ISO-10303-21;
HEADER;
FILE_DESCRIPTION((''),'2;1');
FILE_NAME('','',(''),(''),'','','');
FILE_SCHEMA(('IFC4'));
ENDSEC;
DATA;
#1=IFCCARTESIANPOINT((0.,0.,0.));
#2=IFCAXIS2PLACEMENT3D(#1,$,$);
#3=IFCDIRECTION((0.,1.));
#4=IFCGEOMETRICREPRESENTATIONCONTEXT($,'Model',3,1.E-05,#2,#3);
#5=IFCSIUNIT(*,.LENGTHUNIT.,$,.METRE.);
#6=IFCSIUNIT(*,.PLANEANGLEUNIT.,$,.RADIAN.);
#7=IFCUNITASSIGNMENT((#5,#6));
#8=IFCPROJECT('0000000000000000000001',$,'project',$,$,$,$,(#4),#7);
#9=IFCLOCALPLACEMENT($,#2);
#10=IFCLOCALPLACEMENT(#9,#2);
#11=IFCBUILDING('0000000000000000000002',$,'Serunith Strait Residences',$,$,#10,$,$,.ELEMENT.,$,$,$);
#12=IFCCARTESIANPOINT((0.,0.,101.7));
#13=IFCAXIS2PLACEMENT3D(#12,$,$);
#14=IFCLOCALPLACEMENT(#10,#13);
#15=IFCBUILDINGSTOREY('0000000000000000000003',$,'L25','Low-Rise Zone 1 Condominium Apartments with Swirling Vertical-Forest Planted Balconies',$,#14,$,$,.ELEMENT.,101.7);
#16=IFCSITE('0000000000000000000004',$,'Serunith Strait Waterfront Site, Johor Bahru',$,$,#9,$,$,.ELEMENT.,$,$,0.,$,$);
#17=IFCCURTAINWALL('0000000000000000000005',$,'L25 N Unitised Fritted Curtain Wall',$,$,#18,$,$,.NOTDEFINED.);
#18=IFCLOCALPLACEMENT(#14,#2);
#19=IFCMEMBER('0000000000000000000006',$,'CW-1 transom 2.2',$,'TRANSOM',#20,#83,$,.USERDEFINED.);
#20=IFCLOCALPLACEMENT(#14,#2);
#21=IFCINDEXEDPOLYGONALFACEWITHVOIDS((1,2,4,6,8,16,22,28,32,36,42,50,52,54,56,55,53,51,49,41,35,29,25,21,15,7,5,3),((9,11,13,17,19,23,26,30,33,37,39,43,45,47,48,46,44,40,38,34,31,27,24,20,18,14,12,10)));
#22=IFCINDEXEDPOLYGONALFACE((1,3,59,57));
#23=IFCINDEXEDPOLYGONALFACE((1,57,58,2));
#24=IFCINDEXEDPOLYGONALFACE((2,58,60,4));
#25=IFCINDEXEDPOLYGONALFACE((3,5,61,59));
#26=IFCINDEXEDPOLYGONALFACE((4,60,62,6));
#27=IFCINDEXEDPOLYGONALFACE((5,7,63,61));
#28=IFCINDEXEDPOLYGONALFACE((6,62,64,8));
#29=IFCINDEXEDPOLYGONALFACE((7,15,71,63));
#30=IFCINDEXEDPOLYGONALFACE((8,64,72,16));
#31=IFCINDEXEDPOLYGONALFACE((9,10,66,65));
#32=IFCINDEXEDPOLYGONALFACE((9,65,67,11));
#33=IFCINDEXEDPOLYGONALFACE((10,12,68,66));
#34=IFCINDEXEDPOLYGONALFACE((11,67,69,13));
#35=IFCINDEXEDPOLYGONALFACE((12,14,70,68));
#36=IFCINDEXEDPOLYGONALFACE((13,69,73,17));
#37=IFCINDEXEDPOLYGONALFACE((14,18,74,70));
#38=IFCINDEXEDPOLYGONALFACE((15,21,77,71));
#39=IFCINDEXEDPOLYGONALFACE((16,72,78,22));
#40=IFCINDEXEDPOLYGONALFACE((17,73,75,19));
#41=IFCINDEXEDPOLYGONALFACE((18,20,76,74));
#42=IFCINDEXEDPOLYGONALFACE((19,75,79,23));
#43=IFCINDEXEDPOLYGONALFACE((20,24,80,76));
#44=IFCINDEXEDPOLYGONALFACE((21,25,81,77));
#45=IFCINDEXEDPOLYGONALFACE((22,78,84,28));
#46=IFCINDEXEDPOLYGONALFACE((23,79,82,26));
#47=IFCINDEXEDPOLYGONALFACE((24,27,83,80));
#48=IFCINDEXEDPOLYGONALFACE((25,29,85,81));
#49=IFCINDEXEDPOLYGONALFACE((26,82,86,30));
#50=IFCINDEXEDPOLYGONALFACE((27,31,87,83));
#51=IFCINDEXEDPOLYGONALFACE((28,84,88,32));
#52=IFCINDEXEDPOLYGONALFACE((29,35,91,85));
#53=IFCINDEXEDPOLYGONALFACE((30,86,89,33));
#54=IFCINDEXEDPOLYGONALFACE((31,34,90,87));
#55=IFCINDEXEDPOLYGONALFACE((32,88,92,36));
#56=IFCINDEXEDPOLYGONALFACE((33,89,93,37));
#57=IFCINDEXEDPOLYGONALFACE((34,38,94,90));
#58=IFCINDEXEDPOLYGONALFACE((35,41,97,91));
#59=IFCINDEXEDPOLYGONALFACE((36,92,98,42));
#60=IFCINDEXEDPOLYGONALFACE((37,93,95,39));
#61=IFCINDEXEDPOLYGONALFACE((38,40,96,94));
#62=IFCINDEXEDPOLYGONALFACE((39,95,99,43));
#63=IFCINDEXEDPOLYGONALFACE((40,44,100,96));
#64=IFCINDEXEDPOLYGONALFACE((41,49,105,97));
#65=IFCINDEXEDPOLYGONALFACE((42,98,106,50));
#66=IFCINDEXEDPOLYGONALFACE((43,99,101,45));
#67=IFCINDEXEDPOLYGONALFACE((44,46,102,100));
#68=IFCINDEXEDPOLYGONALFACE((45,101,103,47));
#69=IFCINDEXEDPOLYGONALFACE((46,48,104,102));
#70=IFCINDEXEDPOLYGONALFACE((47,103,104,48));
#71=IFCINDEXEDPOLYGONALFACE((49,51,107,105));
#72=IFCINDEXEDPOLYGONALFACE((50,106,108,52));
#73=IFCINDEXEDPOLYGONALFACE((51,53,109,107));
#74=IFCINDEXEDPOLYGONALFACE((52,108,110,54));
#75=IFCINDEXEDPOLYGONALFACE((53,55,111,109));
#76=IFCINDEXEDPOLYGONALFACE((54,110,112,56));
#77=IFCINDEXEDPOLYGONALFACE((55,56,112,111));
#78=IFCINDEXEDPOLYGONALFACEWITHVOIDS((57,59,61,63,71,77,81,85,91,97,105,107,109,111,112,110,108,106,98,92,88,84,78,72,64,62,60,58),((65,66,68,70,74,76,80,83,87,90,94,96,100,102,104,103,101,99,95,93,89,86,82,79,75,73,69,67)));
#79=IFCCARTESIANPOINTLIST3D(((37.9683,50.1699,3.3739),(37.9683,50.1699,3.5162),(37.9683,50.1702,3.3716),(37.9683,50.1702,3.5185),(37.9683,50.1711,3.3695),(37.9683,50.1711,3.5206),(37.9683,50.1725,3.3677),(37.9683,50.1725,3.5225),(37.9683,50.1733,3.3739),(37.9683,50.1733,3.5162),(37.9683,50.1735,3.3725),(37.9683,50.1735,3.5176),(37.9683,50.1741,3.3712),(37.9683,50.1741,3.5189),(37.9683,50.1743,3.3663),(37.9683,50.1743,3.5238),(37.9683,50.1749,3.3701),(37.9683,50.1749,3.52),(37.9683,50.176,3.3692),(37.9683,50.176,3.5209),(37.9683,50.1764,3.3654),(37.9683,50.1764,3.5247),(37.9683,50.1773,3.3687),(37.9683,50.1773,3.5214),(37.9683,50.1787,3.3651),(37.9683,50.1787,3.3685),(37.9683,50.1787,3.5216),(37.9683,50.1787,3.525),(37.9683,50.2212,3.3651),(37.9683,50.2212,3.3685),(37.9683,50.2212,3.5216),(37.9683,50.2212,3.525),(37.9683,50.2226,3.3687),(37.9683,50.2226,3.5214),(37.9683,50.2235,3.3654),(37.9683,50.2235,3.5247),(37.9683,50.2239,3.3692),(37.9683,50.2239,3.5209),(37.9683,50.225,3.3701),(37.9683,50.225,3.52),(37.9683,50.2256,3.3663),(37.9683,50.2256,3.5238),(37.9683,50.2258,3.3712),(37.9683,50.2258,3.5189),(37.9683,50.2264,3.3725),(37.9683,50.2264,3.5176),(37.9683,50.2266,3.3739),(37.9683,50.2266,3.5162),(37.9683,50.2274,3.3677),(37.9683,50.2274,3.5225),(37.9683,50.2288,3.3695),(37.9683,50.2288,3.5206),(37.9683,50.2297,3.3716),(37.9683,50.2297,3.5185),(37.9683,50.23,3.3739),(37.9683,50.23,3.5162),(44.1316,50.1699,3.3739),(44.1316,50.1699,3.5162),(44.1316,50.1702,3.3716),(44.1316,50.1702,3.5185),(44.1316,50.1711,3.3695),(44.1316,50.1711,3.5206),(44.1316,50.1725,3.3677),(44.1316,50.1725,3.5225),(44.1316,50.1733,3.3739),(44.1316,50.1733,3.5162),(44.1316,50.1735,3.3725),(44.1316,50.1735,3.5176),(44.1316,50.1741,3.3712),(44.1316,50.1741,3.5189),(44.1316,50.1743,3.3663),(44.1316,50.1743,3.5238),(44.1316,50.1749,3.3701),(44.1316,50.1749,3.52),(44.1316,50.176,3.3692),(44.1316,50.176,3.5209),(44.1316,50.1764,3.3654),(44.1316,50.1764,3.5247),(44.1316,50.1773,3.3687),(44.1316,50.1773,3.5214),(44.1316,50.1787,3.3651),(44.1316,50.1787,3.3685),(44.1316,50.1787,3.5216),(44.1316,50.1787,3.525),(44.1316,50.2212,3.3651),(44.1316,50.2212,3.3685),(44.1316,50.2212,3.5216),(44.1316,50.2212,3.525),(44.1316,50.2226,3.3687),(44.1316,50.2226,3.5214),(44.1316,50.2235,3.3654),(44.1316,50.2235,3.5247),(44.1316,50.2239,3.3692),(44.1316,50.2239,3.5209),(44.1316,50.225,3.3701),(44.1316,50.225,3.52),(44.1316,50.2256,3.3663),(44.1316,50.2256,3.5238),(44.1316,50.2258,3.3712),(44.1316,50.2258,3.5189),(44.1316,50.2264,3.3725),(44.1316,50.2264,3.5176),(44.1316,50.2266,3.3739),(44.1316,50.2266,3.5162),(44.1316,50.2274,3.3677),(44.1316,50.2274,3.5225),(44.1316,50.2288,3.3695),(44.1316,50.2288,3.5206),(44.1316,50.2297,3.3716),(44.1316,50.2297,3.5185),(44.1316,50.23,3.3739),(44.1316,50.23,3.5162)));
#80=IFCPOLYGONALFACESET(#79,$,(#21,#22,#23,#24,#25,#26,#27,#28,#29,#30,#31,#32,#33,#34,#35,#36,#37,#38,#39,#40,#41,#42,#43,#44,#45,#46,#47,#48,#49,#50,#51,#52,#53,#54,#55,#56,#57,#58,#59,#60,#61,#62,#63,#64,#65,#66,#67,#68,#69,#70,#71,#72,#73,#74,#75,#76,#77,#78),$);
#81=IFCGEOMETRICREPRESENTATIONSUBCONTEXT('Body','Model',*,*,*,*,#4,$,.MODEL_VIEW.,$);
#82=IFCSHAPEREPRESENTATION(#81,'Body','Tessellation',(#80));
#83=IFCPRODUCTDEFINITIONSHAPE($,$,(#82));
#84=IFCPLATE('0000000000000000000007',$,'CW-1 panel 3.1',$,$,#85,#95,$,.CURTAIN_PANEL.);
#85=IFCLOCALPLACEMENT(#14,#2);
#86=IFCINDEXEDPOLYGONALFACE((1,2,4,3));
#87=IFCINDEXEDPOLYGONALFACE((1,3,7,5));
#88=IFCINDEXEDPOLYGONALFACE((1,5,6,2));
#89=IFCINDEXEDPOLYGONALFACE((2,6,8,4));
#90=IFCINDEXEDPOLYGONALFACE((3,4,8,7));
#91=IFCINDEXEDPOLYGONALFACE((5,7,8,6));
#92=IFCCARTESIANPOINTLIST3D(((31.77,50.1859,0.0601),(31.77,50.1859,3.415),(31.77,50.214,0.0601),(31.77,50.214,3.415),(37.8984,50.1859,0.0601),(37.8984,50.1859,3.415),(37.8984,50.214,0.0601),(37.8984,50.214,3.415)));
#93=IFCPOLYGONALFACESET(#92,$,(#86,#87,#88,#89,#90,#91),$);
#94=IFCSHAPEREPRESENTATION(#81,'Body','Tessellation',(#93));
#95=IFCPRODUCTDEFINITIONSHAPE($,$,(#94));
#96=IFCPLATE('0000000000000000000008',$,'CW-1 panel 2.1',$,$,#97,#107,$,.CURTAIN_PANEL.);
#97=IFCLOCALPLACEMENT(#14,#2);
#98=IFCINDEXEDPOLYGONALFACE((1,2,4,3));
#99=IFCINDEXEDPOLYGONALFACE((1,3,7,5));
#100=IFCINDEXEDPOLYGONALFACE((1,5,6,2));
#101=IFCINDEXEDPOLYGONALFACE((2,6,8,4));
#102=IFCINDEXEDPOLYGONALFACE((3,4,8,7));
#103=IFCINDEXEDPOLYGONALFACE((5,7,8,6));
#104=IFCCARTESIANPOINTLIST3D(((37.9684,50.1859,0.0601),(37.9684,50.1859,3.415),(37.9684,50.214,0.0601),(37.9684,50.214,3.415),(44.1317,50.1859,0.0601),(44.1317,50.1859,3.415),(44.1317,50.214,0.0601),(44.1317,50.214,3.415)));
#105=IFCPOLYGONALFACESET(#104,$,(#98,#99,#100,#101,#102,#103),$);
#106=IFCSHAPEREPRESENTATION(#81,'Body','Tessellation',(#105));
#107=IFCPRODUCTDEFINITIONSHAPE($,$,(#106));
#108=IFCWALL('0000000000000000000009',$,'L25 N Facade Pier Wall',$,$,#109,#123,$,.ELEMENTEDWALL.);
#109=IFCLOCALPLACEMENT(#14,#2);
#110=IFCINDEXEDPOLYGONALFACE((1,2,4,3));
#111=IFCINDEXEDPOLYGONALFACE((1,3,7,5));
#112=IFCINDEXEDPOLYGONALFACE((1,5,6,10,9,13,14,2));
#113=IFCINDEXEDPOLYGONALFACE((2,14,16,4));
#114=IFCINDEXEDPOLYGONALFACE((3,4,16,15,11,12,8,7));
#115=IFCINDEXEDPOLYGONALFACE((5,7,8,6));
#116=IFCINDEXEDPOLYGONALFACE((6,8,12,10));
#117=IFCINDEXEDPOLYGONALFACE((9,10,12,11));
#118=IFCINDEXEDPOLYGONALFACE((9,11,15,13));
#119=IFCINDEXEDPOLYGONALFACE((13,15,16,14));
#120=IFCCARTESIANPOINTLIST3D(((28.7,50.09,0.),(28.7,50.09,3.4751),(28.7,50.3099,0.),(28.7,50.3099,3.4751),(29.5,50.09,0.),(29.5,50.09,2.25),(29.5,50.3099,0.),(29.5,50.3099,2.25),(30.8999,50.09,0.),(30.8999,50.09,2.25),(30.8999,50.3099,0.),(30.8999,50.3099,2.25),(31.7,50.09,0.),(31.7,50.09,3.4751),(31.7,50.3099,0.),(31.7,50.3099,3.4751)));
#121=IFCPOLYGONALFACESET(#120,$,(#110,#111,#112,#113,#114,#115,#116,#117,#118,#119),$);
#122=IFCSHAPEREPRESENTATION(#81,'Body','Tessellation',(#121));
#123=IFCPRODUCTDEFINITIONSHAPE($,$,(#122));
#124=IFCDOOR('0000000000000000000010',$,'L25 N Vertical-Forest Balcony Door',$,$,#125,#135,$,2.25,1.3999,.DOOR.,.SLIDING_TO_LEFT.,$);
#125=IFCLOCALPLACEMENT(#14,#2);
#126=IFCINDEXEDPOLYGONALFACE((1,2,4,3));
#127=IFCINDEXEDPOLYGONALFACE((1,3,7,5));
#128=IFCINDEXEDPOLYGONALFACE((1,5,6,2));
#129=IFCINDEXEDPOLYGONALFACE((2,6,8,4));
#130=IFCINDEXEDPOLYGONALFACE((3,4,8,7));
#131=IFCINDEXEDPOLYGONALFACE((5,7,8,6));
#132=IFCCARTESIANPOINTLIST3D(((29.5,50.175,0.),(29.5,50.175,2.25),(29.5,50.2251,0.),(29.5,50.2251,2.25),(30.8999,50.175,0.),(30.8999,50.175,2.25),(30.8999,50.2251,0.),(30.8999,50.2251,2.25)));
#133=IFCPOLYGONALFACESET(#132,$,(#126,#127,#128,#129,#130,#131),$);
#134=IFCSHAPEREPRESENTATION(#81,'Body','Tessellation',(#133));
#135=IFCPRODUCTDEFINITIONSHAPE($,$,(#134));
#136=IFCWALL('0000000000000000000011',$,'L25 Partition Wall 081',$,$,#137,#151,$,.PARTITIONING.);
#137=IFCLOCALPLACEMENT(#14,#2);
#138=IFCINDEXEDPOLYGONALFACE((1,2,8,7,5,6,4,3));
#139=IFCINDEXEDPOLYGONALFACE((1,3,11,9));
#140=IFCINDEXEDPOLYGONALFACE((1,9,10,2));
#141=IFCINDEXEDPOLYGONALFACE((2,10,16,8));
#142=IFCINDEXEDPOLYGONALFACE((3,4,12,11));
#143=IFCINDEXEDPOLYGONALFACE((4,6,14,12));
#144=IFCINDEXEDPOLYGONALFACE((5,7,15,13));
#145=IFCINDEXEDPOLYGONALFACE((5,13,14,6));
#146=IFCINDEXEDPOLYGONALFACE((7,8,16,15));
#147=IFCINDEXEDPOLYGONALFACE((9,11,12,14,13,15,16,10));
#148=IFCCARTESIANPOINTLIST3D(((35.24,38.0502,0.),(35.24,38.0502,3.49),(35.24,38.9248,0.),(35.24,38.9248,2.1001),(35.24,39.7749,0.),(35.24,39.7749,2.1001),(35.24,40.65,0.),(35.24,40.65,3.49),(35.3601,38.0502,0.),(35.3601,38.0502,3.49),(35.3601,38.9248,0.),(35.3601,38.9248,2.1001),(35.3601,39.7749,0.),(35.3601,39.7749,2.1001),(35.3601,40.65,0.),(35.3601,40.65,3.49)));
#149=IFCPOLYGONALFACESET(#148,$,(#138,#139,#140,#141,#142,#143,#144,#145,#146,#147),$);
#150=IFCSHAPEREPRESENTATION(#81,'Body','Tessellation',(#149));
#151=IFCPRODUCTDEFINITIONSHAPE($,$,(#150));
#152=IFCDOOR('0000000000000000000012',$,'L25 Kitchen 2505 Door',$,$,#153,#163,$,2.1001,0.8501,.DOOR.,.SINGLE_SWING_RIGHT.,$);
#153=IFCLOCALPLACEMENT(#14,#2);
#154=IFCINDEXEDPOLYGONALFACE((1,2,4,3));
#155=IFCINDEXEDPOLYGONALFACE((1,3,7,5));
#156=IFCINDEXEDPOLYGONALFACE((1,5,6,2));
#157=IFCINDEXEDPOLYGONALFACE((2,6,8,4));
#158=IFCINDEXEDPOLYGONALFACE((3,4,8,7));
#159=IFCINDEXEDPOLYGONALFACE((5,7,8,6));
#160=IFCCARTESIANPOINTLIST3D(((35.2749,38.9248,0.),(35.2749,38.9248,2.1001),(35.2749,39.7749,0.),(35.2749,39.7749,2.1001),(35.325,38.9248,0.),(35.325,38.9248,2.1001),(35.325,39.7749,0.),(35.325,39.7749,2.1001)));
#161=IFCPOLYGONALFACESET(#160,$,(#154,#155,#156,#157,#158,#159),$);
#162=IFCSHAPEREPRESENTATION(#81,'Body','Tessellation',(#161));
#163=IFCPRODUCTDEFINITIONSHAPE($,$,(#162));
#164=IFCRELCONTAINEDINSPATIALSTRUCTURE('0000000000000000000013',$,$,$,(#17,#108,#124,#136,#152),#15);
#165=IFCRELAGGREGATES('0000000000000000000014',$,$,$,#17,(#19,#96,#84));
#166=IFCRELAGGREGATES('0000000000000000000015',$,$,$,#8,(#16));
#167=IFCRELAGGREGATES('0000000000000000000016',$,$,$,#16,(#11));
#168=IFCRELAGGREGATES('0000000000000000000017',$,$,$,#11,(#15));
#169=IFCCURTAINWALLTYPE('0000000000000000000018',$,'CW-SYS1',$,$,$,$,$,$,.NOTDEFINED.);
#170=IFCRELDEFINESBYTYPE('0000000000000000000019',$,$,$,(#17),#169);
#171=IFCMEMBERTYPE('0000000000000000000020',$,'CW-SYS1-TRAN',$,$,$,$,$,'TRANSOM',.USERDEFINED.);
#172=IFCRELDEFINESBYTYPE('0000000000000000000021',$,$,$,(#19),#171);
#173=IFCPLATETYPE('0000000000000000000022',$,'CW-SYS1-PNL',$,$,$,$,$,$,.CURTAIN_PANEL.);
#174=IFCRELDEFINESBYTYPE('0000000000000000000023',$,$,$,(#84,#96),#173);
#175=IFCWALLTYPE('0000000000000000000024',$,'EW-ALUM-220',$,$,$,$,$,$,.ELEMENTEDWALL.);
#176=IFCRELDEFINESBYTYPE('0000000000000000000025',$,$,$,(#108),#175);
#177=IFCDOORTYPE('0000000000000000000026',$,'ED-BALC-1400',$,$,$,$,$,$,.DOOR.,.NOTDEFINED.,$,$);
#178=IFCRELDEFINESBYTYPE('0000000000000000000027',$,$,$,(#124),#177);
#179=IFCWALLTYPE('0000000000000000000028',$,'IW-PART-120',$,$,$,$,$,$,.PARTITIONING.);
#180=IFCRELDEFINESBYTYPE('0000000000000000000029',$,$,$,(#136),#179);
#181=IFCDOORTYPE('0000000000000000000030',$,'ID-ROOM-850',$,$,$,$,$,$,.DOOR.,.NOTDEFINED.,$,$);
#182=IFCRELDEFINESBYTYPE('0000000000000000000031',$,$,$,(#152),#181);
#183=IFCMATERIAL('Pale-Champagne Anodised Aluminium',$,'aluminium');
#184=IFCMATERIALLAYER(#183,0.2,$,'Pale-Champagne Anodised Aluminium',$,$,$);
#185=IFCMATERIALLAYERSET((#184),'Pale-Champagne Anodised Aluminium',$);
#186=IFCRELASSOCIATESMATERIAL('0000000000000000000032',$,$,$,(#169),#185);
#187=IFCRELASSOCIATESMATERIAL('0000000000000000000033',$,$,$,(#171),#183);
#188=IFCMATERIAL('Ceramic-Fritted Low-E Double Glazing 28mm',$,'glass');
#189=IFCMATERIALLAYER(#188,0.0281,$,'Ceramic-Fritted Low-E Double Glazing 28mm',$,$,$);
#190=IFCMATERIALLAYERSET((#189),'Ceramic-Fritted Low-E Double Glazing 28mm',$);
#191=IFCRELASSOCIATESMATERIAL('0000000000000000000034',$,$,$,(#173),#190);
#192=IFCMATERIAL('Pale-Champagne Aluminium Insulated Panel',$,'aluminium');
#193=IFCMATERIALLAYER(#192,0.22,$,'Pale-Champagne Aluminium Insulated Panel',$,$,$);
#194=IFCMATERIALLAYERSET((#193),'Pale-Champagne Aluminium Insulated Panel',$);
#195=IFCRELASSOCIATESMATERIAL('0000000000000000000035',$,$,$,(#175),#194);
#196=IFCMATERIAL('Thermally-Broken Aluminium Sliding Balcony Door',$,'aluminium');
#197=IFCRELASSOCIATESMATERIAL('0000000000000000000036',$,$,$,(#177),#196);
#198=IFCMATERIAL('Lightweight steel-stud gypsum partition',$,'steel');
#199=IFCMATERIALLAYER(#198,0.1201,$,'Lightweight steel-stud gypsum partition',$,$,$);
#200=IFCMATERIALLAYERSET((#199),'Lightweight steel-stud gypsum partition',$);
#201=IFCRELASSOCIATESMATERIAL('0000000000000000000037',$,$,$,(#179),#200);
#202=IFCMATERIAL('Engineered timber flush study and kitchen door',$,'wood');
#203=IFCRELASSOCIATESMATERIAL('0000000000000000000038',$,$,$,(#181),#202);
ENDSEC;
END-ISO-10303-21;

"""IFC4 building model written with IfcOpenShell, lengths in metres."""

from ifc_helpers import new_model, si_unit, direction, frame, frame_2d, origin, origin_2d, place, context, subcontext, project, spatial, rectangle, hollow_rectangle, extrude, source, transform, mapped, material, layer, layer_set, material_profile, profile_set, type_object, element, fill, aggregate, save


model = new_model("IFC4")

# Units and contexts
model_context = context("Model", 3, precision=1e-05, world=origin(), true_north=direction((0.0, 1.0)))
body_context = subcontext(model_context, "Body", "Model", "MODEL_VIEW")
ifc_project = project(units=[si_unit("LENGTHUNIT", "METRE"), si_unit("PLANEANGLEUNIT", "RADIAN")], contexts=[model_context])

# Site, building, storey
site_placement = place(None, origin())
site = spatial("IfcSite", under=ifc_project, at=site_placement, Name="Serunith Strait Waterfront Site, Johor Bahru", CompositionType="ELEMENT", RefElevation=0.0)
building_placement = place(site_placement, origin())
building = spatial("IfcBuilding", under=site, at=building_placement, Name="Serunith Strait Residences", CompositionType="ELEMENT")
storey_placement = place(building_placement, frame((0.0, 0.0, 101.7)))
storey = spatial("IfcBuildingStorey", under=building, at=storey_placement, Name="L25", Description="Low-Rise Zone 1 Condominium Apartments with Swirling Vertical-Forest Planted Balconies", CompositionType="ELEMENT", Elevation=101.7)

# Curtain wall, member, plates
ifc_material_1 = material(Name="Pale-Champagne Anodised Aluminium", Category="aluminium")
ifc_layer_1 = layer(ifc_material_1, 0.2, Name="Pale-Champagne Anodised Aluminium")
ifc_layer_set_1 = layer_set([ifc_layer_1], Name="Pale-Champagne Anodised Aluminium")
curtain_wall_type = type_object("IfcCurtainWallType", Name="CW-SYS1", PredefinedType="NOTDEFINED", material=ifc_layer_set_1)
curtain_wall_placement = place(storey_placement, origin())
curtain_wall = element("IfcCurtainWall", 1, at=curtain_wall_placement, inside=storey, type_object=curtain_wall_type, Name="L25 N Unitised Fritted Curtain Wall", PredefinedType="NOTDEFINED")
ifc_material_profile_1 = material_profile(ifc_material_1, hollow_rectangle(XDim=0.0601, YDim=0.1599, WallThickness=0.0034, InnerFilletRadius=0.0054, OuterFilletRadius=0.0088, at=origin_2d()), Name="ALU 160x60x3.5")
ifc_profile_set_1 = profile_set([ifc_material_profile_1], Name="Pale-Champagne Anodised Aluminium")
member_type_1 = type_object("IfcMemberType", Name="CW-SYS1-TRAN", ElementType="TRANSOM", PredefinedType="USERDEFINED", material=ifc_profile_set_1)
shared_shape_1 = source(origin(), body_context, "Body", "SweptSolid", [
    extrude(hollow_rectangle(XDim=0.0601, YDim=0.1599, WallThickness=0.0034, InnerFilletRadius=0.0054, OuterFilletRadius=0.0088, at=origin_2d()), origin(), (0.0, 0.0, 1.0), 6.1633),
])
member_1_placement = place(storey_placement, frame((44.1316, 50.2, 3.4451), z_axis=(-1.0, 0.0, 0.0), x_axis=(0.0, -1.0, 0.0)))
member_1 = element("IfcMember", 2, at=member_1_placement, type_object=member_type_1, Name="CW-1 transom 2.2", ObjectType="TRANSOM", PredefinedType="USERDEFINED", context=body_context, shape_type="MappedRepresentation", body=[
    mapped(shared_shape_1, transform((0.0, 0.0, 0.0), scale=1.0)),
])
ifc_material_2 = material(Name="Ceramic-Fritted Low-E Double Glazing 28mm", Category="glass")
ifc_layer_2 = layer(ifc_material_2, 0.0281, Name="Ceramic-Fritted Low-E Double Glazing 28mm")
ifc_layer_set_2 = layer_set([ifc_layer_2], Name="Ceramic-Fritted Low-E Double Glazing 28mm")
plate_type = type_object("IfcPlateType", Name="CW-SYS1-PNL", PredefinedType="CURTAIN_PANEL", material=ifc_layer_set_2)
shared_shape_2 = source(origin(), body_context, "Body", "SweptSolid", [
    extrude(rectangle(XDim=6.1284, YDim=0.0281, at=origin_2d()), origin(), (0.0, 0.0, 1.0), 3.355),
])
plate_1_placement = place(storey_placement, frame((34.8342, 50.2, 0.0601), z_axis=(0.0, 0.0, 1.0), x_axis=(-1.0, 0.0, 0.0)))
plate_1 = element("IfcPlate", 3, at=plate_1_placement, type_object=plate_type, Name="CW-1 panel 3.1", PredefinedType="CURTAIN_PANEL", context=body_context, shape_type="MappedRepresentation", body=[
    mapped(shared_shape_2, transform((0.0, 0.0, 0.0), scale=1.0)),
])
shared_shape_3 = source(origin(), body_context, "Body", "SweptSolid", [
    extrude(rectangle(XDim=6.1633, YDim=0.0281, at=origin_2d()), origin(), (0.0, 0.0, 1.0), 3.355),
])
plate_2_placement = place(storey_placement, frame((41.05, 50.2, 0.0601), z_axis=(0.0, 0.0, 1.0), x_axis=(-1.0, 0.0, 0.0)))
plate_2 = element("IfcPlate", 4, at=plate_2_placement, type_object=plate_type, Name="CW-1 panel 2.1", PredefinedType="CURTAIN_PANEL", context=body_context, shape_type="MappedRepresentation", body=[
    mapped(shared_shape_3, transform((0.0, 0.0, 0.0), scale=1.0)),
])
aggregate(curtain_wall, [member_1, plate_2, plate_1])

# Walls, openings, doors
ifc_material_3 = material(Name="Pale-Champagne Aluminium Insulated Panel", Category="aluminium")
ifc_layer_3 = layer(ifc_material_3, 0.22, Name="Pale-Champagne Aluminium Insulated Panel")
ifc_layer_set_3 = layer_set([ifc_layer_3], Name="Pale-Champagne Aluminium Insulated Panel")
wall_type_1 = type_object("IfcWallType", Name="EW-ALUM-220", PredefinedType="ELEMENTEDWALL", material=ifc_layer_set_3)
wall_1_placement = place(storey_placement, frame((31.7, 50.2, 0.0), z_axis=(0.0, 0.0, 1.0), x_axis=(-1.0, 0.0, 0.0)))
wall_1 = element("IfcWall", 5, at=wall_1_placement, inside=storey, type_object=wall_type_1, Name="L25 N Facade Pier Wall", PredefinedType="ELEMENTEDWALL", context=body_context, shape_type="SweptSolid", body=[
    extrude(rectangle(XDim=3.0, YDim=0.22, at=frame_2d((1.5, 0.0))), origin(), (0.0, 0.0, 1.0), 3.4751),
])
opening_1_placement = place(wall_1_placement, frame((0.8, 0.0, 0.0)))
opening_1 = element("IfcOpeningElement", 6, at=opening_1_placement, cuts=wall_1, PredefinedType="OPENING", context=body_context, shape_type="SweptSolid", body=[
    extrude(rectangle(XDim=1.3999, YDim=2.25, at=frame_2d((0.7, 1.125))), frame((0.0, 0.1201, 0.0), z_axis=(0.0, -1.0, 0.0), x_axis=(1.0, 0.0, 0.0)), (0.0, 0.0, 1.0), 0.24),
])
ifc_material_4 = material(Name="Thermally-Broken Aluminium Sliding Balcony Door", Category="aluminium")
door_type_1 = type_object("IfcDoorType", Name="ED-BALC-1400", OperationType="NOTDEFINED", PredefinedType="DOOR", material=ifc_material_4)
shared_shape_4 = source(origin(), body_context, "Body", "SweptSolid", [
    extrude(rectangle(XDim=1.3999, YDim=2.25, at=frame_2d((0.7, 1.125))), frame((0.0, 0.0249, 0.0), z_axis=(0.0, -1.0, 0.0), x_axis=(1.0, 0.0, 0.0)), (0.0, 0.0, 1.0), 0.05),
])
door_1_placement = place(opening_1_placement, origin())
door_1 = element("IfcDoor", 7, at=door_1_placement, inside=storey, type_object=door_type_1, Name="L25 N Vertical-Forest Balcony Door", OperationType="SLIDING_TO_LEFT", OverallHeight=2.25, OverallWidth=1.3999, PredefinedType="DOOR", context=body_context, shape_type="MappedRepresentation", body=[
    mapped(shared_shape_4, transform((0.0, 0.0, 0.0), scale=1.0)),
])
fill(opening_1, door_1)
ifc_material_5 = material(Name="Lightweight steel-stud gypsum partition", Category="steel")
ifc_layer_4 = layer(ifc_material_5, 0.1201, Name="Lightweight steel-stud gypsum partition")
ifc_layer_set_4 = layer_set([ifc_layer_4], Name="Lightweight steel-stud gypsum partition")
wall_type_2 = type_object("IfcWallType", Name="IW-PART-120", PredefinedType="PARTITIONING", material=ifc_layer_set_4)
wall_2_placement = place(storey_placement, frame((35.3, 40.6499, 0.0), z_axis=(0.0, 0.0, 1.0), x_axis=(0.0, -1.0, 0.0)))
wall_2 = element("IfcWall", 8, at=wall_2_placement, inside=storey, type_object=wall_type_2, Name="L25 Partition Wall 081", PredefinedType="PARTITIONING", context=body_context, shape_type="SweptSolid", body=[
    extrude(rectangle(XDim=2.5999, YDim=0.1201, at=frame_2d((1.2998, 0.0))), origin(), (0.0, 0.0, 1.0), 3.49),
])
opening_2_placement = place(wall_2_placement, frame((0.875, 0.0, 0.0)))
opening_2 = element("IfcOpeningElement", 9, at=opening_2_placement, cuts=wall_2, PredefinedType="OPENING", context=body_context, shape_type="SweptSolid", body=[
    extrude(rectangle(XDim=0.8501, YDim=2.1001, at=frame_2d((0.425, 1.05))), frame((0.0, 0.0701, 0.0), z_axis=(0.0, -1.0, 0.0), x_axis=(1.0, 0.0, 0.0)), (0.0, 0.0, 1.0), 0.1401),
])
ifc_material_6 = material(Name="Engineered timber flush study and kitchen door", Category="wood")
door_type_2 = type_object("IfcDoorType", Name="ID-ROOM-850", OperationType="NOTDEFINED", PredefinedType="DOOR", material=ifc_material_6)
shared_shape_5 = source(origin(), body_context, "Body", "SweptSolid", [
    extrude(rectangle(XDim=0.8501, YDim=2.1001, at=frame_2d((0.425, 1.05))), frame((0.0, 0.0249, 0.0), z_axis=(0.0, -1.0, 0.0), x_axis=(1.0, 0.0, 0.0)), (0.0, 0.0, 1.0), 0.05),
])
door_2_placement = place(opening_2_placement, origin())
door_2 = element("IfcDoor", 10, at=door_2_placement, inside=storey, type_object=door_type_2, Name="L25 Kitchen 2505 Door", OperationType="SINGLE_SWING_RIGHT", OverallHeight=2.1001, OverallWidth=0.8501, PredefinedType="DOOR", context=body_context, shape_type="MappedRepresentation", body=[
    mapped(shared_shape_5, transform((0.0, 0.0, 0.0), scale=1.0)),
])
fill(opening_2, door_2)

save(model, "model.ifc")
